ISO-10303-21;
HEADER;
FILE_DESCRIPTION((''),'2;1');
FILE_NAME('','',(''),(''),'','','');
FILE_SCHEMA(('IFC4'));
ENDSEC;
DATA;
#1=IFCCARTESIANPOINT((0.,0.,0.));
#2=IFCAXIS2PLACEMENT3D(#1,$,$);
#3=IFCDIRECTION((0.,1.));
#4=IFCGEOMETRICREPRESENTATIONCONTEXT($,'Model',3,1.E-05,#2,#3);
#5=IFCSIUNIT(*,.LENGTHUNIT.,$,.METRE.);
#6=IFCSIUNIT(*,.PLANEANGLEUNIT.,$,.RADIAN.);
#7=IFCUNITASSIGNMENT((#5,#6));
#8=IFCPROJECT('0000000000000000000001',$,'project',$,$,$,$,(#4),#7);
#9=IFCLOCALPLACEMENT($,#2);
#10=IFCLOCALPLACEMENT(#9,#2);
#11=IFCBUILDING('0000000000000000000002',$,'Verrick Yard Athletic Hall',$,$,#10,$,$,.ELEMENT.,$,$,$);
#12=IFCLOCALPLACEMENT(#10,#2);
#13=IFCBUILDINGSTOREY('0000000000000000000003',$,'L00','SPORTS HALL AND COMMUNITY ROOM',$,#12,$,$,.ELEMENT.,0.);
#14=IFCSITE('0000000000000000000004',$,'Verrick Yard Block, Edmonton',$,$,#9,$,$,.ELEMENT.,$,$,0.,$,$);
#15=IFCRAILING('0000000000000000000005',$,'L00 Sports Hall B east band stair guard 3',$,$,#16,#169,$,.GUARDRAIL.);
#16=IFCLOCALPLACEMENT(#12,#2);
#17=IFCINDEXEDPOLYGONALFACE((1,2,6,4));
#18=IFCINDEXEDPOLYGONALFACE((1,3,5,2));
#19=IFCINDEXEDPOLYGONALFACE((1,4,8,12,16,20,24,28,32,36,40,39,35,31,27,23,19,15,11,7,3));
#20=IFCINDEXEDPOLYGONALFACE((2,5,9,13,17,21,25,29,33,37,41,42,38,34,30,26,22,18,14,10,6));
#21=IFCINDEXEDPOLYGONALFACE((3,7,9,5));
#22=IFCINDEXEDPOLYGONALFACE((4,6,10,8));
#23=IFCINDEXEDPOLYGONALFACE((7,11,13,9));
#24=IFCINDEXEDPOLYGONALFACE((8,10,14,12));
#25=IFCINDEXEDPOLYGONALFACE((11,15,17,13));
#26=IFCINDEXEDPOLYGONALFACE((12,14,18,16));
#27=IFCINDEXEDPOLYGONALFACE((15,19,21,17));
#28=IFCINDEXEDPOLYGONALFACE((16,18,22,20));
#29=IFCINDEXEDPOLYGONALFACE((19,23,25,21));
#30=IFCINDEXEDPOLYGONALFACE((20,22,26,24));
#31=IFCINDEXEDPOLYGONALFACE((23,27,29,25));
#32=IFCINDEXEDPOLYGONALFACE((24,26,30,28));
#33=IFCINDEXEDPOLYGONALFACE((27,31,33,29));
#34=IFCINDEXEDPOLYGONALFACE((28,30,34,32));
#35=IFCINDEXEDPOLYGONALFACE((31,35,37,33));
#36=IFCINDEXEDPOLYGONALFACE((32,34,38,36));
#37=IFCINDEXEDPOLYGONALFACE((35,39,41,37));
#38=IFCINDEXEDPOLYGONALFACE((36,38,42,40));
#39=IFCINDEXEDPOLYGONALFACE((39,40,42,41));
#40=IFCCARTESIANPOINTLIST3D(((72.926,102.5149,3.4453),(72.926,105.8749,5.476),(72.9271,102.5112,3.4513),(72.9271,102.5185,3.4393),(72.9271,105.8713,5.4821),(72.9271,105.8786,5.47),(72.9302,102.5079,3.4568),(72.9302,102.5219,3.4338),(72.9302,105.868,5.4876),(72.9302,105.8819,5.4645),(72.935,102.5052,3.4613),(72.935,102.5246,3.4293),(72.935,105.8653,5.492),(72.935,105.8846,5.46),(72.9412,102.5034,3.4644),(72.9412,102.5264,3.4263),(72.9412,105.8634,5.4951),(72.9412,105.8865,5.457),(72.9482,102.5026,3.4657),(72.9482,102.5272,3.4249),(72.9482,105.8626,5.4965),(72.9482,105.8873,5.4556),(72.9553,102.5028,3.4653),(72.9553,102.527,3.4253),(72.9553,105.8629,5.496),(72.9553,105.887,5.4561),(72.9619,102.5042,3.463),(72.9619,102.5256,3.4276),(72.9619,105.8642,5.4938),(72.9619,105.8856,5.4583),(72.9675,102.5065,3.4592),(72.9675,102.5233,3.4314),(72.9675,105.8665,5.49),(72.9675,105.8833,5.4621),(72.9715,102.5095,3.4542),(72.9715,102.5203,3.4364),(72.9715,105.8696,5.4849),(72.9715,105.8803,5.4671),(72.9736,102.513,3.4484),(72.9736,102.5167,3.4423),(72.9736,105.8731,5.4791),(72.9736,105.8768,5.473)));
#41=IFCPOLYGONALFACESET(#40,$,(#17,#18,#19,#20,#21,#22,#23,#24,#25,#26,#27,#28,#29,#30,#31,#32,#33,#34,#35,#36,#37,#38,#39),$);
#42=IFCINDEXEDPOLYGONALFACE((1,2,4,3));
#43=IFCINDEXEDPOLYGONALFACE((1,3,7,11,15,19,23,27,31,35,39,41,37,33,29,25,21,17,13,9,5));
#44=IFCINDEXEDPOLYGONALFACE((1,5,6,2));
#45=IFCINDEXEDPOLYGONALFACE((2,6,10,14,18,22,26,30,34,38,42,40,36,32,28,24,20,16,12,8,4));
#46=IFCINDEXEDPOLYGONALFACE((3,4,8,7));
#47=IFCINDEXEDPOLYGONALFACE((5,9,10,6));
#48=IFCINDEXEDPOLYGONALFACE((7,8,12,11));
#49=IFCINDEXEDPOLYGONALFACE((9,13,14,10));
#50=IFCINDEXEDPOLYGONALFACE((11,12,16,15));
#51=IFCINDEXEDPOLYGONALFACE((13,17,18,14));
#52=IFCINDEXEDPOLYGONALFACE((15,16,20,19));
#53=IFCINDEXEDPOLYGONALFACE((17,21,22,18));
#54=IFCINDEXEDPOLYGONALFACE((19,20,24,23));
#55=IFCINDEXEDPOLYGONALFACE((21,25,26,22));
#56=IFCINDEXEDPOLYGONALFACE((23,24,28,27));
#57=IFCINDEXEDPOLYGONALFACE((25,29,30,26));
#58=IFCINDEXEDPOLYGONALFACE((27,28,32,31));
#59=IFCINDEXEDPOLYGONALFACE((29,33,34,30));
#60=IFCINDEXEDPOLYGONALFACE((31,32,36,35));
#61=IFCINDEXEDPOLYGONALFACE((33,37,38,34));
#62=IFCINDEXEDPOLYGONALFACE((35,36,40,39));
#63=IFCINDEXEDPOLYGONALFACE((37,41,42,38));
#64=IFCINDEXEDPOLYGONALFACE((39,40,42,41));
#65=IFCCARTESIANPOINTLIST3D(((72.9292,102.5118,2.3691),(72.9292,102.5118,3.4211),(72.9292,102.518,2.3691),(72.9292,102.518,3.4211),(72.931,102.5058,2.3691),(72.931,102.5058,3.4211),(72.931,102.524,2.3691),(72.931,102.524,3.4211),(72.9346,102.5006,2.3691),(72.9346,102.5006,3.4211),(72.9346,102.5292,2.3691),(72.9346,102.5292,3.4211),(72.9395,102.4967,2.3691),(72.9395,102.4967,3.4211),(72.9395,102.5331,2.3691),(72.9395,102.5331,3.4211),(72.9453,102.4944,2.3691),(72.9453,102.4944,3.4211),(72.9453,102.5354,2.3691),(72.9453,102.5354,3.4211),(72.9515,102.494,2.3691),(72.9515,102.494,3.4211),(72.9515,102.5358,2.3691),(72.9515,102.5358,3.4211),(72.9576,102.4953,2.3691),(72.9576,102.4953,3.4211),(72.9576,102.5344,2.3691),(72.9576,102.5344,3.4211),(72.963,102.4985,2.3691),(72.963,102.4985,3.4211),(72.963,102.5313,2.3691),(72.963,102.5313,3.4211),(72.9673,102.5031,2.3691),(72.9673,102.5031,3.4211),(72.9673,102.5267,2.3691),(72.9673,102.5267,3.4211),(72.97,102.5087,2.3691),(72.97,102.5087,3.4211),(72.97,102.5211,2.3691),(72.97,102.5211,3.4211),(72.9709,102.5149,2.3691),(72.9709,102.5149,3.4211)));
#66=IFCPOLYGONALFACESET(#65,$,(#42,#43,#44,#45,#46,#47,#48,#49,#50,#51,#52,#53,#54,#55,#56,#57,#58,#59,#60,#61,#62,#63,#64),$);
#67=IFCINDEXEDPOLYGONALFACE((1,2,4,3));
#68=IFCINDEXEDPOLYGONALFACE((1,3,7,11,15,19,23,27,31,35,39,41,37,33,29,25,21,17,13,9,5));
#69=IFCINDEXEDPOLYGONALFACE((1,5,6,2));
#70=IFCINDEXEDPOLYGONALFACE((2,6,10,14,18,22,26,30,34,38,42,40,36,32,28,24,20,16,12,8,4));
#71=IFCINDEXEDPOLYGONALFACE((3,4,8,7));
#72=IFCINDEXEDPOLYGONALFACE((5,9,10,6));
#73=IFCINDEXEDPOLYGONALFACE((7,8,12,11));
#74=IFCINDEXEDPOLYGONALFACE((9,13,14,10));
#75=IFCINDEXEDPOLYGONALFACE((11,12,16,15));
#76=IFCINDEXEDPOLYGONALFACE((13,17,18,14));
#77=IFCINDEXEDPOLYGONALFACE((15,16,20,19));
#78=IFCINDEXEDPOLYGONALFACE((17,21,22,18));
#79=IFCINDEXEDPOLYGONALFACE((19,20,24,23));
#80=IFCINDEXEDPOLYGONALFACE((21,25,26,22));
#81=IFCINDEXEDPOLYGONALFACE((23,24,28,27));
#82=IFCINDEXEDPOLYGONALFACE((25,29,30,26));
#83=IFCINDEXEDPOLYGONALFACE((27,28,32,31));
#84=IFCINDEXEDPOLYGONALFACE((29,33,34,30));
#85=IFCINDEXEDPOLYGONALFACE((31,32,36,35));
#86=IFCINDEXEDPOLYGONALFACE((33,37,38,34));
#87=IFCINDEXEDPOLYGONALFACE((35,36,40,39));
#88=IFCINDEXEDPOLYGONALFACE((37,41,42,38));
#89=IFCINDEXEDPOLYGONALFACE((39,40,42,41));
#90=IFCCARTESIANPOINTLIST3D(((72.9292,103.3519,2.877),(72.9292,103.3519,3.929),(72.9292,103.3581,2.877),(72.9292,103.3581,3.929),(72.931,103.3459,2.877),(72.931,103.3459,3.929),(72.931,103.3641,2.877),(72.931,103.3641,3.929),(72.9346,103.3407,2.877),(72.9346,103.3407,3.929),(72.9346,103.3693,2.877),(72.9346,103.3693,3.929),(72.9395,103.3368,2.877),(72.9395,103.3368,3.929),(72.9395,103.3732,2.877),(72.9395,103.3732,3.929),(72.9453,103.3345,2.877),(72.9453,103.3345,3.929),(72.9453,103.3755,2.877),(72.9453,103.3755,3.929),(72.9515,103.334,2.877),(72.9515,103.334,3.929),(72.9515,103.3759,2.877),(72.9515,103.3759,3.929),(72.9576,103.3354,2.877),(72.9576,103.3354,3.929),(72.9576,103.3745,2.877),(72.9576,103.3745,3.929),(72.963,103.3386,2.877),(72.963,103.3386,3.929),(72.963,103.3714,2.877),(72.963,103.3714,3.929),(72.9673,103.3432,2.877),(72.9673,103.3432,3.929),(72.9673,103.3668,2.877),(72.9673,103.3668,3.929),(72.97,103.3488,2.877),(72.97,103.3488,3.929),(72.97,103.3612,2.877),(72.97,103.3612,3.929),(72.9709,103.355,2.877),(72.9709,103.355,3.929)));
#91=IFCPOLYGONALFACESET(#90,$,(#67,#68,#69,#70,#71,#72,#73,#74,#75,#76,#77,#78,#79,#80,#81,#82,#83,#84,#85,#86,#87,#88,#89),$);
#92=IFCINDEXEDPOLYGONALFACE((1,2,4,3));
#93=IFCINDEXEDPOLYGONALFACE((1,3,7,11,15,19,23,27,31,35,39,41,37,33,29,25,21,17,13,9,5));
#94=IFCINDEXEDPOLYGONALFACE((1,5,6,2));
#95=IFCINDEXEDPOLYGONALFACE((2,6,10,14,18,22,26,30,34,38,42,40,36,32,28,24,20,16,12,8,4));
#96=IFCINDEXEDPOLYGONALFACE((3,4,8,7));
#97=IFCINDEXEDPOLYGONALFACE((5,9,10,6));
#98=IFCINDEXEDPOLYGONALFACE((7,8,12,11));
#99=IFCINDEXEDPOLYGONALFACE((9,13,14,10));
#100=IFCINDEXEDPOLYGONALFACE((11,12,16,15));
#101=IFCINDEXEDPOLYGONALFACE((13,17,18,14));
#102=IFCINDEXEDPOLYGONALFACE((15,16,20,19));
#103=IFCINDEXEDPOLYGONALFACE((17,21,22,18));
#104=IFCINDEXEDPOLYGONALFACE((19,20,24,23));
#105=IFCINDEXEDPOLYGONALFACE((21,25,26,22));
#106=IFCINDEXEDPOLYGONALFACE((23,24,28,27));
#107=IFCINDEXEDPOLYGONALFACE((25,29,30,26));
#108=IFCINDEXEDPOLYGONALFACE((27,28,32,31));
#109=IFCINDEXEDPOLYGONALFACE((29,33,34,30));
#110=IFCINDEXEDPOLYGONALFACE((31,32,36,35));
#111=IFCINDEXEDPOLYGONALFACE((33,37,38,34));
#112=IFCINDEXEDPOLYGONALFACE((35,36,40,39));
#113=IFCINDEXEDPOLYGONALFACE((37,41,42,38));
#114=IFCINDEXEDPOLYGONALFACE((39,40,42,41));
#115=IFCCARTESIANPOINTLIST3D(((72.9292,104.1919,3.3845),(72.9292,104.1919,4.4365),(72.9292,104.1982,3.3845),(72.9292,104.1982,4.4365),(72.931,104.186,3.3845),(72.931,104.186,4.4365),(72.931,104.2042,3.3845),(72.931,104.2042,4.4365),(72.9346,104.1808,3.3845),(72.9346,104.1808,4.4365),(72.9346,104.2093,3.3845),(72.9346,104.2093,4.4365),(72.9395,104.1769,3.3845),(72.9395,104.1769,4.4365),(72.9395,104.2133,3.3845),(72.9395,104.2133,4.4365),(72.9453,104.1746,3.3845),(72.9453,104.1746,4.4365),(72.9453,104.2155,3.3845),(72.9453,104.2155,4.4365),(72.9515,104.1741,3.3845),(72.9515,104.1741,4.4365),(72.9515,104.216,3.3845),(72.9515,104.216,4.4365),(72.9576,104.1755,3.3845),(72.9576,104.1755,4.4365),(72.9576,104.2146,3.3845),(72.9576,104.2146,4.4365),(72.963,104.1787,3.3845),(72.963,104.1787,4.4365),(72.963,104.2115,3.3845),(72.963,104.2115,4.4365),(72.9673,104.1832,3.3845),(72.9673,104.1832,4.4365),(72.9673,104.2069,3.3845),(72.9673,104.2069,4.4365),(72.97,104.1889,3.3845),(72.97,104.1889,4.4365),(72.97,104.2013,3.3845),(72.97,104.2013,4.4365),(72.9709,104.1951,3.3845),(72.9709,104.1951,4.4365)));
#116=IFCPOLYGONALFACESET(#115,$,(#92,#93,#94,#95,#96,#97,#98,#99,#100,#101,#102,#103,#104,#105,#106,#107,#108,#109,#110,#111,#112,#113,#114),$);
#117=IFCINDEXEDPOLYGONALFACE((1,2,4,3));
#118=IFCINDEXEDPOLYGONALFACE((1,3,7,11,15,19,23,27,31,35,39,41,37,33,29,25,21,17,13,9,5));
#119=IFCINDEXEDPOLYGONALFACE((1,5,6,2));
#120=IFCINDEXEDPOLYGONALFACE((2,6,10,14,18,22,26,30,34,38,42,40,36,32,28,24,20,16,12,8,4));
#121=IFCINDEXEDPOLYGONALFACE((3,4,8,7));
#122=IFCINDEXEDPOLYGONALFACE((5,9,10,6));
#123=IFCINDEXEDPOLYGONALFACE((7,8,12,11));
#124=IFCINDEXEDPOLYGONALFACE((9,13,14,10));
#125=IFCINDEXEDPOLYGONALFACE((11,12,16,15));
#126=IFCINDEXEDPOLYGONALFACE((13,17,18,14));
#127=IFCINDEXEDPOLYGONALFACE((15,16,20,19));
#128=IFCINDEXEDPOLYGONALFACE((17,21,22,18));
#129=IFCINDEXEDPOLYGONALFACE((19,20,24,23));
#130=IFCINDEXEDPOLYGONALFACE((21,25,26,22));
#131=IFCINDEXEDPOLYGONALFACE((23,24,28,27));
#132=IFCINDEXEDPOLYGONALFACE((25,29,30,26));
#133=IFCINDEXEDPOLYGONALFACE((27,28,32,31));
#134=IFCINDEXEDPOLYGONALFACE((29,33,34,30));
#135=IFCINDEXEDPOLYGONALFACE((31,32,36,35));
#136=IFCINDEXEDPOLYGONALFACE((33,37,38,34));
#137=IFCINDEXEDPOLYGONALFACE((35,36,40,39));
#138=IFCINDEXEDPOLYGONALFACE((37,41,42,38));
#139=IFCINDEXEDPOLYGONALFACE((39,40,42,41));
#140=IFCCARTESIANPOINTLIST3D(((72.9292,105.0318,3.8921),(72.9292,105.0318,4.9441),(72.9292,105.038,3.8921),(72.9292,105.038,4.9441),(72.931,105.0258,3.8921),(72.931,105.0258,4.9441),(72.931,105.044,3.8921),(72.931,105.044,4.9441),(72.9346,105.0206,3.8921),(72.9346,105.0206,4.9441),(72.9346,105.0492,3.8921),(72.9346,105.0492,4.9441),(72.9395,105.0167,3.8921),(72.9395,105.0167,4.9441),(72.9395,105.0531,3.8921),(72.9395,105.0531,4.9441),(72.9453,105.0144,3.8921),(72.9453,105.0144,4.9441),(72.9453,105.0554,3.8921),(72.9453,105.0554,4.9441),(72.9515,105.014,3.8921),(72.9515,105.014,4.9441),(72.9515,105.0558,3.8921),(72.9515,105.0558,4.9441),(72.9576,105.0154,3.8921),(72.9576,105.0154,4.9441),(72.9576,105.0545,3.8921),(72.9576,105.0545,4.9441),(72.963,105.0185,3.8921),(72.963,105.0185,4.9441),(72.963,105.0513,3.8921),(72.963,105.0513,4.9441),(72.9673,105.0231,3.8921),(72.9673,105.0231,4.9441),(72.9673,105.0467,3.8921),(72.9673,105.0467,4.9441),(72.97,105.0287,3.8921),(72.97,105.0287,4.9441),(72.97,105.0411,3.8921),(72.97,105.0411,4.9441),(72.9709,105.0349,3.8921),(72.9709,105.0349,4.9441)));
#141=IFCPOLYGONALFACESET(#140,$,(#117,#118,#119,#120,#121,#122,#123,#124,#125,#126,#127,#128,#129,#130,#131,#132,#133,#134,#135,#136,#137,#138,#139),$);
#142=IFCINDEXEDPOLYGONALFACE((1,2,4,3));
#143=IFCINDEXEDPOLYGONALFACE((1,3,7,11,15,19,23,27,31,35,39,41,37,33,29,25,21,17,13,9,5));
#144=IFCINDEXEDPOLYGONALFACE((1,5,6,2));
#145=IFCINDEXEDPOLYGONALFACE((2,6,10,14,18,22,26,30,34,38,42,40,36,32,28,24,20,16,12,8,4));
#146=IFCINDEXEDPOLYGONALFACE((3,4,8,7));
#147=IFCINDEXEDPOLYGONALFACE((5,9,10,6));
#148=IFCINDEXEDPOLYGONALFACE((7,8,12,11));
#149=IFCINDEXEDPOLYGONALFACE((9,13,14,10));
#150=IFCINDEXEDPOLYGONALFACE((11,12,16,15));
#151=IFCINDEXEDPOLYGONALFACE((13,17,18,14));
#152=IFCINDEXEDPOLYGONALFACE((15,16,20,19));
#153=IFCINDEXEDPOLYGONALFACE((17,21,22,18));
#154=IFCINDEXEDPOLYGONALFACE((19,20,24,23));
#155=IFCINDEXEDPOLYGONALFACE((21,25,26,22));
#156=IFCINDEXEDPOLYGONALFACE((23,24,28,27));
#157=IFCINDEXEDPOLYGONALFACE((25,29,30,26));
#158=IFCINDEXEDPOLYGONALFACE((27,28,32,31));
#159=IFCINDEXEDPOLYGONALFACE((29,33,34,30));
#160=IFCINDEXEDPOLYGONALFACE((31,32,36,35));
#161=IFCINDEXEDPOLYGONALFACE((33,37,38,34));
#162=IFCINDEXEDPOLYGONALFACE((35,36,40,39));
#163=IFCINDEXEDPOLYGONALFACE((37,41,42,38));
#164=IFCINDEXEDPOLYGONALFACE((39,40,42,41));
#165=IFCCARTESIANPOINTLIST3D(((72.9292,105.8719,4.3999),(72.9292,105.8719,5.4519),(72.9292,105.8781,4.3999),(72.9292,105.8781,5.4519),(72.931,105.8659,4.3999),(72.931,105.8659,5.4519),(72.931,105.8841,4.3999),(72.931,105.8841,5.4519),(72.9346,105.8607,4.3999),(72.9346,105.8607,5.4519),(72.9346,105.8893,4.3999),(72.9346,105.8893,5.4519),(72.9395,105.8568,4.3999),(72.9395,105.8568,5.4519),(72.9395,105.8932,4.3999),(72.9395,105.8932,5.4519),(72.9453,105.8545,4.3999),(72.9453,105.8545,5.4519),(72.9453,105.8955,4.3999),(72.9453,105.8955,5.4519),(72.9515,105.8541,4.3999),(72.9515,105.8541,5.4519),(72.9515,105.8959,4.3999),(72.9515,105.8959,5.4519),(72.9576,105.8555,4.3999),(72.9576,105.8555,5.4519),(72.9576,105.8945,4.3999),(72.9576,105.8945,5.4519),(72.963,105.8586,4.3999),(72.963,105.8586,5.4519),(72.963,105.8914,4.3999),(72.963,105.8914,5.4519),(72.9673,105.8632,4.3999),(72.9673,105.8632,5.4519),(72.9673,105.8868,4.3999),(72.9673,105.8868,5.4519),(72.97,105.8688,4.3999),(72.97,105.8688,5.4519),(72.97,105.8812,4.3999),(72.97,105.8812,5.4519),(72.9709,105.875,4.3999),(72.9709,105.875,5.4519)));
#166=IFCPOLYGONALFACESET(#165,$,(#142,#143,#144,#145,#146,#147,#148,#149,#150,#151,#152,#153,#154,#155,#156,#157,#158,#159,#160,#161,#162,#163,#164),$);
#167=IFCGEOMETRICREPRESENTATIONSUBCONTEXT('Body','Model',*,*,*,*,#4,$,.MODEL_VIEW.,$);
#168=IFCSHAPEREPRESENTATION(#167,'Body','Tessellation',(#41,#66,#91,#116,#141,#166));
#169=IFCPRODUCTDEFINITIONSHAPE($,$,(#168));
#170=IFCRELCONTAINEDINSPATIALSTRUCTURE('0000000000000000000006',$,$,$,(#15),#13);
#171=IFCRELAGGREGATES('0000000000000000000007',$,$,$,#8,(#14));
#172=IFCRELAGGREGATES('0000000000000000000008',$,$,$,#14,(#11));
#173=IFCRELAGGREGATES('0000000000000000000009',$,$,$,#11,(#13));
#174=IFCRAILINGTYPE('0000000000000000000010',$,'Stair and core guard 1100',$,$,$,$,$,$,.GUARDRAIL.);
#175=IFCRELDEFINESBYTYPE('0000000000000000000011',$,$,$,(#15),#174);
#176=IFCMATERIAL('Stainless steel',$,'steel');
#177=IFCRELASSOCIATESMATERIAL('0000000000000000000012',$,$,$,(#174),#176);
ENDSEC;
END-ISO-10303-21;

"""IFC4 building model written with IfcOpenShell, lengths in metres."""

from ifc_helpers import new_model, si_unit, direction, frame, origin, origin_2d, place, context, subcontext, project, spatial, circle, extrude, material, type_object, element, save


model = new_model("IFC4")

# Units and contexts
model_context = context("Model", 3, precision=1e-05, world=origin(), true_north=direction((0.0, 1.0)))
body_context = subcontext(model_context, "Body", "Model", "MODEL_VIEW")
ifc_project = project(units=[si_unit("LENGTHUNIT", "METRE"), si_unit("PLANEANGLEUNIT", "RADIAN")], contexts=[model_context])

# Site, building, storey
site_placement = place(None, origin())
site = spatial("IfcSite", under=ifc_project, at=site_placement, Name="Verrick Yard Block, Edmonton", CompositionType="ELEMENT", RefElevation=0.0)
building_placement = place(site_placement, origin())
building = spatial("IfcBuilding", under=site, at=building_placement, Name="Verrick Yard Athletic Hall", CompositionType="ELEMENT")
storey_placement = place(building_placement, origin())
storey = spatial("IfcBuildingStorey", under=building, at=storey_placement, Name="L00", Description="SPORTS HALL AND COMMUNITY ROOM", CompositionType="ELEMENT", Elevation=0.0)

# Railing
ifc_material_1 = material(Name="Stainless steel", Category="steel")
railing_type_1 = type_object("IfcRailingType", Name="Stair and core guard 1100", PredefinedType="GUARDRAIL", material=ifc_material_1)
railing_1_placement = place(storey_placement, frame((72.95, 102.5149, 2.3691)))
element("IfcRailing", 1, at=railing_1_placement, inside=storey, type_object=railing_type_1, Name="L00 Sports Hall B east band stair guard 3", PredefinedType="GUARDRAIL", context=body_context, shape_type="SweptSolid", body=[
    extrude(circle(Radius=0.0239, at=origin_2d()), frame((0.0, 0.0, 1.0762), z_axis=(0.0, 0.855837, 0.517246), x_axis=(-1.0, 0.0, 0.0)), (0.0, 0.0, 1.0), 3.926),
    extrude(circle(Radius=0.021, at=origin_2d()), origin(), (0.0, 0.0, 1.0), 1.052),
    extrude(circle(Radius=0.021, at=origin_2d()), frame((0.0, 0.8401, 0.5078)), (0.0, 0.0, 1.0), 1.052),
    extrude(circle(Radius=0.021, at=origin_2d()), frame((0.0, 1.6802, 1.0154)), (0.0, 0.0, 1.0), 1.052),
    extrude(circle(Radius=0.021, at=origin_2d()), frame((0.0, 2.52, 1.5229)), (0.0, 0.0, 1.0), 1.052),
    extrude(circle(Radius=0.021, at=origin_2d()), frame((0.0, 3.3601, 2.0308)), (0.0, 0.0, 1.0), 1.052),
])

save(model, "model.ifc")
